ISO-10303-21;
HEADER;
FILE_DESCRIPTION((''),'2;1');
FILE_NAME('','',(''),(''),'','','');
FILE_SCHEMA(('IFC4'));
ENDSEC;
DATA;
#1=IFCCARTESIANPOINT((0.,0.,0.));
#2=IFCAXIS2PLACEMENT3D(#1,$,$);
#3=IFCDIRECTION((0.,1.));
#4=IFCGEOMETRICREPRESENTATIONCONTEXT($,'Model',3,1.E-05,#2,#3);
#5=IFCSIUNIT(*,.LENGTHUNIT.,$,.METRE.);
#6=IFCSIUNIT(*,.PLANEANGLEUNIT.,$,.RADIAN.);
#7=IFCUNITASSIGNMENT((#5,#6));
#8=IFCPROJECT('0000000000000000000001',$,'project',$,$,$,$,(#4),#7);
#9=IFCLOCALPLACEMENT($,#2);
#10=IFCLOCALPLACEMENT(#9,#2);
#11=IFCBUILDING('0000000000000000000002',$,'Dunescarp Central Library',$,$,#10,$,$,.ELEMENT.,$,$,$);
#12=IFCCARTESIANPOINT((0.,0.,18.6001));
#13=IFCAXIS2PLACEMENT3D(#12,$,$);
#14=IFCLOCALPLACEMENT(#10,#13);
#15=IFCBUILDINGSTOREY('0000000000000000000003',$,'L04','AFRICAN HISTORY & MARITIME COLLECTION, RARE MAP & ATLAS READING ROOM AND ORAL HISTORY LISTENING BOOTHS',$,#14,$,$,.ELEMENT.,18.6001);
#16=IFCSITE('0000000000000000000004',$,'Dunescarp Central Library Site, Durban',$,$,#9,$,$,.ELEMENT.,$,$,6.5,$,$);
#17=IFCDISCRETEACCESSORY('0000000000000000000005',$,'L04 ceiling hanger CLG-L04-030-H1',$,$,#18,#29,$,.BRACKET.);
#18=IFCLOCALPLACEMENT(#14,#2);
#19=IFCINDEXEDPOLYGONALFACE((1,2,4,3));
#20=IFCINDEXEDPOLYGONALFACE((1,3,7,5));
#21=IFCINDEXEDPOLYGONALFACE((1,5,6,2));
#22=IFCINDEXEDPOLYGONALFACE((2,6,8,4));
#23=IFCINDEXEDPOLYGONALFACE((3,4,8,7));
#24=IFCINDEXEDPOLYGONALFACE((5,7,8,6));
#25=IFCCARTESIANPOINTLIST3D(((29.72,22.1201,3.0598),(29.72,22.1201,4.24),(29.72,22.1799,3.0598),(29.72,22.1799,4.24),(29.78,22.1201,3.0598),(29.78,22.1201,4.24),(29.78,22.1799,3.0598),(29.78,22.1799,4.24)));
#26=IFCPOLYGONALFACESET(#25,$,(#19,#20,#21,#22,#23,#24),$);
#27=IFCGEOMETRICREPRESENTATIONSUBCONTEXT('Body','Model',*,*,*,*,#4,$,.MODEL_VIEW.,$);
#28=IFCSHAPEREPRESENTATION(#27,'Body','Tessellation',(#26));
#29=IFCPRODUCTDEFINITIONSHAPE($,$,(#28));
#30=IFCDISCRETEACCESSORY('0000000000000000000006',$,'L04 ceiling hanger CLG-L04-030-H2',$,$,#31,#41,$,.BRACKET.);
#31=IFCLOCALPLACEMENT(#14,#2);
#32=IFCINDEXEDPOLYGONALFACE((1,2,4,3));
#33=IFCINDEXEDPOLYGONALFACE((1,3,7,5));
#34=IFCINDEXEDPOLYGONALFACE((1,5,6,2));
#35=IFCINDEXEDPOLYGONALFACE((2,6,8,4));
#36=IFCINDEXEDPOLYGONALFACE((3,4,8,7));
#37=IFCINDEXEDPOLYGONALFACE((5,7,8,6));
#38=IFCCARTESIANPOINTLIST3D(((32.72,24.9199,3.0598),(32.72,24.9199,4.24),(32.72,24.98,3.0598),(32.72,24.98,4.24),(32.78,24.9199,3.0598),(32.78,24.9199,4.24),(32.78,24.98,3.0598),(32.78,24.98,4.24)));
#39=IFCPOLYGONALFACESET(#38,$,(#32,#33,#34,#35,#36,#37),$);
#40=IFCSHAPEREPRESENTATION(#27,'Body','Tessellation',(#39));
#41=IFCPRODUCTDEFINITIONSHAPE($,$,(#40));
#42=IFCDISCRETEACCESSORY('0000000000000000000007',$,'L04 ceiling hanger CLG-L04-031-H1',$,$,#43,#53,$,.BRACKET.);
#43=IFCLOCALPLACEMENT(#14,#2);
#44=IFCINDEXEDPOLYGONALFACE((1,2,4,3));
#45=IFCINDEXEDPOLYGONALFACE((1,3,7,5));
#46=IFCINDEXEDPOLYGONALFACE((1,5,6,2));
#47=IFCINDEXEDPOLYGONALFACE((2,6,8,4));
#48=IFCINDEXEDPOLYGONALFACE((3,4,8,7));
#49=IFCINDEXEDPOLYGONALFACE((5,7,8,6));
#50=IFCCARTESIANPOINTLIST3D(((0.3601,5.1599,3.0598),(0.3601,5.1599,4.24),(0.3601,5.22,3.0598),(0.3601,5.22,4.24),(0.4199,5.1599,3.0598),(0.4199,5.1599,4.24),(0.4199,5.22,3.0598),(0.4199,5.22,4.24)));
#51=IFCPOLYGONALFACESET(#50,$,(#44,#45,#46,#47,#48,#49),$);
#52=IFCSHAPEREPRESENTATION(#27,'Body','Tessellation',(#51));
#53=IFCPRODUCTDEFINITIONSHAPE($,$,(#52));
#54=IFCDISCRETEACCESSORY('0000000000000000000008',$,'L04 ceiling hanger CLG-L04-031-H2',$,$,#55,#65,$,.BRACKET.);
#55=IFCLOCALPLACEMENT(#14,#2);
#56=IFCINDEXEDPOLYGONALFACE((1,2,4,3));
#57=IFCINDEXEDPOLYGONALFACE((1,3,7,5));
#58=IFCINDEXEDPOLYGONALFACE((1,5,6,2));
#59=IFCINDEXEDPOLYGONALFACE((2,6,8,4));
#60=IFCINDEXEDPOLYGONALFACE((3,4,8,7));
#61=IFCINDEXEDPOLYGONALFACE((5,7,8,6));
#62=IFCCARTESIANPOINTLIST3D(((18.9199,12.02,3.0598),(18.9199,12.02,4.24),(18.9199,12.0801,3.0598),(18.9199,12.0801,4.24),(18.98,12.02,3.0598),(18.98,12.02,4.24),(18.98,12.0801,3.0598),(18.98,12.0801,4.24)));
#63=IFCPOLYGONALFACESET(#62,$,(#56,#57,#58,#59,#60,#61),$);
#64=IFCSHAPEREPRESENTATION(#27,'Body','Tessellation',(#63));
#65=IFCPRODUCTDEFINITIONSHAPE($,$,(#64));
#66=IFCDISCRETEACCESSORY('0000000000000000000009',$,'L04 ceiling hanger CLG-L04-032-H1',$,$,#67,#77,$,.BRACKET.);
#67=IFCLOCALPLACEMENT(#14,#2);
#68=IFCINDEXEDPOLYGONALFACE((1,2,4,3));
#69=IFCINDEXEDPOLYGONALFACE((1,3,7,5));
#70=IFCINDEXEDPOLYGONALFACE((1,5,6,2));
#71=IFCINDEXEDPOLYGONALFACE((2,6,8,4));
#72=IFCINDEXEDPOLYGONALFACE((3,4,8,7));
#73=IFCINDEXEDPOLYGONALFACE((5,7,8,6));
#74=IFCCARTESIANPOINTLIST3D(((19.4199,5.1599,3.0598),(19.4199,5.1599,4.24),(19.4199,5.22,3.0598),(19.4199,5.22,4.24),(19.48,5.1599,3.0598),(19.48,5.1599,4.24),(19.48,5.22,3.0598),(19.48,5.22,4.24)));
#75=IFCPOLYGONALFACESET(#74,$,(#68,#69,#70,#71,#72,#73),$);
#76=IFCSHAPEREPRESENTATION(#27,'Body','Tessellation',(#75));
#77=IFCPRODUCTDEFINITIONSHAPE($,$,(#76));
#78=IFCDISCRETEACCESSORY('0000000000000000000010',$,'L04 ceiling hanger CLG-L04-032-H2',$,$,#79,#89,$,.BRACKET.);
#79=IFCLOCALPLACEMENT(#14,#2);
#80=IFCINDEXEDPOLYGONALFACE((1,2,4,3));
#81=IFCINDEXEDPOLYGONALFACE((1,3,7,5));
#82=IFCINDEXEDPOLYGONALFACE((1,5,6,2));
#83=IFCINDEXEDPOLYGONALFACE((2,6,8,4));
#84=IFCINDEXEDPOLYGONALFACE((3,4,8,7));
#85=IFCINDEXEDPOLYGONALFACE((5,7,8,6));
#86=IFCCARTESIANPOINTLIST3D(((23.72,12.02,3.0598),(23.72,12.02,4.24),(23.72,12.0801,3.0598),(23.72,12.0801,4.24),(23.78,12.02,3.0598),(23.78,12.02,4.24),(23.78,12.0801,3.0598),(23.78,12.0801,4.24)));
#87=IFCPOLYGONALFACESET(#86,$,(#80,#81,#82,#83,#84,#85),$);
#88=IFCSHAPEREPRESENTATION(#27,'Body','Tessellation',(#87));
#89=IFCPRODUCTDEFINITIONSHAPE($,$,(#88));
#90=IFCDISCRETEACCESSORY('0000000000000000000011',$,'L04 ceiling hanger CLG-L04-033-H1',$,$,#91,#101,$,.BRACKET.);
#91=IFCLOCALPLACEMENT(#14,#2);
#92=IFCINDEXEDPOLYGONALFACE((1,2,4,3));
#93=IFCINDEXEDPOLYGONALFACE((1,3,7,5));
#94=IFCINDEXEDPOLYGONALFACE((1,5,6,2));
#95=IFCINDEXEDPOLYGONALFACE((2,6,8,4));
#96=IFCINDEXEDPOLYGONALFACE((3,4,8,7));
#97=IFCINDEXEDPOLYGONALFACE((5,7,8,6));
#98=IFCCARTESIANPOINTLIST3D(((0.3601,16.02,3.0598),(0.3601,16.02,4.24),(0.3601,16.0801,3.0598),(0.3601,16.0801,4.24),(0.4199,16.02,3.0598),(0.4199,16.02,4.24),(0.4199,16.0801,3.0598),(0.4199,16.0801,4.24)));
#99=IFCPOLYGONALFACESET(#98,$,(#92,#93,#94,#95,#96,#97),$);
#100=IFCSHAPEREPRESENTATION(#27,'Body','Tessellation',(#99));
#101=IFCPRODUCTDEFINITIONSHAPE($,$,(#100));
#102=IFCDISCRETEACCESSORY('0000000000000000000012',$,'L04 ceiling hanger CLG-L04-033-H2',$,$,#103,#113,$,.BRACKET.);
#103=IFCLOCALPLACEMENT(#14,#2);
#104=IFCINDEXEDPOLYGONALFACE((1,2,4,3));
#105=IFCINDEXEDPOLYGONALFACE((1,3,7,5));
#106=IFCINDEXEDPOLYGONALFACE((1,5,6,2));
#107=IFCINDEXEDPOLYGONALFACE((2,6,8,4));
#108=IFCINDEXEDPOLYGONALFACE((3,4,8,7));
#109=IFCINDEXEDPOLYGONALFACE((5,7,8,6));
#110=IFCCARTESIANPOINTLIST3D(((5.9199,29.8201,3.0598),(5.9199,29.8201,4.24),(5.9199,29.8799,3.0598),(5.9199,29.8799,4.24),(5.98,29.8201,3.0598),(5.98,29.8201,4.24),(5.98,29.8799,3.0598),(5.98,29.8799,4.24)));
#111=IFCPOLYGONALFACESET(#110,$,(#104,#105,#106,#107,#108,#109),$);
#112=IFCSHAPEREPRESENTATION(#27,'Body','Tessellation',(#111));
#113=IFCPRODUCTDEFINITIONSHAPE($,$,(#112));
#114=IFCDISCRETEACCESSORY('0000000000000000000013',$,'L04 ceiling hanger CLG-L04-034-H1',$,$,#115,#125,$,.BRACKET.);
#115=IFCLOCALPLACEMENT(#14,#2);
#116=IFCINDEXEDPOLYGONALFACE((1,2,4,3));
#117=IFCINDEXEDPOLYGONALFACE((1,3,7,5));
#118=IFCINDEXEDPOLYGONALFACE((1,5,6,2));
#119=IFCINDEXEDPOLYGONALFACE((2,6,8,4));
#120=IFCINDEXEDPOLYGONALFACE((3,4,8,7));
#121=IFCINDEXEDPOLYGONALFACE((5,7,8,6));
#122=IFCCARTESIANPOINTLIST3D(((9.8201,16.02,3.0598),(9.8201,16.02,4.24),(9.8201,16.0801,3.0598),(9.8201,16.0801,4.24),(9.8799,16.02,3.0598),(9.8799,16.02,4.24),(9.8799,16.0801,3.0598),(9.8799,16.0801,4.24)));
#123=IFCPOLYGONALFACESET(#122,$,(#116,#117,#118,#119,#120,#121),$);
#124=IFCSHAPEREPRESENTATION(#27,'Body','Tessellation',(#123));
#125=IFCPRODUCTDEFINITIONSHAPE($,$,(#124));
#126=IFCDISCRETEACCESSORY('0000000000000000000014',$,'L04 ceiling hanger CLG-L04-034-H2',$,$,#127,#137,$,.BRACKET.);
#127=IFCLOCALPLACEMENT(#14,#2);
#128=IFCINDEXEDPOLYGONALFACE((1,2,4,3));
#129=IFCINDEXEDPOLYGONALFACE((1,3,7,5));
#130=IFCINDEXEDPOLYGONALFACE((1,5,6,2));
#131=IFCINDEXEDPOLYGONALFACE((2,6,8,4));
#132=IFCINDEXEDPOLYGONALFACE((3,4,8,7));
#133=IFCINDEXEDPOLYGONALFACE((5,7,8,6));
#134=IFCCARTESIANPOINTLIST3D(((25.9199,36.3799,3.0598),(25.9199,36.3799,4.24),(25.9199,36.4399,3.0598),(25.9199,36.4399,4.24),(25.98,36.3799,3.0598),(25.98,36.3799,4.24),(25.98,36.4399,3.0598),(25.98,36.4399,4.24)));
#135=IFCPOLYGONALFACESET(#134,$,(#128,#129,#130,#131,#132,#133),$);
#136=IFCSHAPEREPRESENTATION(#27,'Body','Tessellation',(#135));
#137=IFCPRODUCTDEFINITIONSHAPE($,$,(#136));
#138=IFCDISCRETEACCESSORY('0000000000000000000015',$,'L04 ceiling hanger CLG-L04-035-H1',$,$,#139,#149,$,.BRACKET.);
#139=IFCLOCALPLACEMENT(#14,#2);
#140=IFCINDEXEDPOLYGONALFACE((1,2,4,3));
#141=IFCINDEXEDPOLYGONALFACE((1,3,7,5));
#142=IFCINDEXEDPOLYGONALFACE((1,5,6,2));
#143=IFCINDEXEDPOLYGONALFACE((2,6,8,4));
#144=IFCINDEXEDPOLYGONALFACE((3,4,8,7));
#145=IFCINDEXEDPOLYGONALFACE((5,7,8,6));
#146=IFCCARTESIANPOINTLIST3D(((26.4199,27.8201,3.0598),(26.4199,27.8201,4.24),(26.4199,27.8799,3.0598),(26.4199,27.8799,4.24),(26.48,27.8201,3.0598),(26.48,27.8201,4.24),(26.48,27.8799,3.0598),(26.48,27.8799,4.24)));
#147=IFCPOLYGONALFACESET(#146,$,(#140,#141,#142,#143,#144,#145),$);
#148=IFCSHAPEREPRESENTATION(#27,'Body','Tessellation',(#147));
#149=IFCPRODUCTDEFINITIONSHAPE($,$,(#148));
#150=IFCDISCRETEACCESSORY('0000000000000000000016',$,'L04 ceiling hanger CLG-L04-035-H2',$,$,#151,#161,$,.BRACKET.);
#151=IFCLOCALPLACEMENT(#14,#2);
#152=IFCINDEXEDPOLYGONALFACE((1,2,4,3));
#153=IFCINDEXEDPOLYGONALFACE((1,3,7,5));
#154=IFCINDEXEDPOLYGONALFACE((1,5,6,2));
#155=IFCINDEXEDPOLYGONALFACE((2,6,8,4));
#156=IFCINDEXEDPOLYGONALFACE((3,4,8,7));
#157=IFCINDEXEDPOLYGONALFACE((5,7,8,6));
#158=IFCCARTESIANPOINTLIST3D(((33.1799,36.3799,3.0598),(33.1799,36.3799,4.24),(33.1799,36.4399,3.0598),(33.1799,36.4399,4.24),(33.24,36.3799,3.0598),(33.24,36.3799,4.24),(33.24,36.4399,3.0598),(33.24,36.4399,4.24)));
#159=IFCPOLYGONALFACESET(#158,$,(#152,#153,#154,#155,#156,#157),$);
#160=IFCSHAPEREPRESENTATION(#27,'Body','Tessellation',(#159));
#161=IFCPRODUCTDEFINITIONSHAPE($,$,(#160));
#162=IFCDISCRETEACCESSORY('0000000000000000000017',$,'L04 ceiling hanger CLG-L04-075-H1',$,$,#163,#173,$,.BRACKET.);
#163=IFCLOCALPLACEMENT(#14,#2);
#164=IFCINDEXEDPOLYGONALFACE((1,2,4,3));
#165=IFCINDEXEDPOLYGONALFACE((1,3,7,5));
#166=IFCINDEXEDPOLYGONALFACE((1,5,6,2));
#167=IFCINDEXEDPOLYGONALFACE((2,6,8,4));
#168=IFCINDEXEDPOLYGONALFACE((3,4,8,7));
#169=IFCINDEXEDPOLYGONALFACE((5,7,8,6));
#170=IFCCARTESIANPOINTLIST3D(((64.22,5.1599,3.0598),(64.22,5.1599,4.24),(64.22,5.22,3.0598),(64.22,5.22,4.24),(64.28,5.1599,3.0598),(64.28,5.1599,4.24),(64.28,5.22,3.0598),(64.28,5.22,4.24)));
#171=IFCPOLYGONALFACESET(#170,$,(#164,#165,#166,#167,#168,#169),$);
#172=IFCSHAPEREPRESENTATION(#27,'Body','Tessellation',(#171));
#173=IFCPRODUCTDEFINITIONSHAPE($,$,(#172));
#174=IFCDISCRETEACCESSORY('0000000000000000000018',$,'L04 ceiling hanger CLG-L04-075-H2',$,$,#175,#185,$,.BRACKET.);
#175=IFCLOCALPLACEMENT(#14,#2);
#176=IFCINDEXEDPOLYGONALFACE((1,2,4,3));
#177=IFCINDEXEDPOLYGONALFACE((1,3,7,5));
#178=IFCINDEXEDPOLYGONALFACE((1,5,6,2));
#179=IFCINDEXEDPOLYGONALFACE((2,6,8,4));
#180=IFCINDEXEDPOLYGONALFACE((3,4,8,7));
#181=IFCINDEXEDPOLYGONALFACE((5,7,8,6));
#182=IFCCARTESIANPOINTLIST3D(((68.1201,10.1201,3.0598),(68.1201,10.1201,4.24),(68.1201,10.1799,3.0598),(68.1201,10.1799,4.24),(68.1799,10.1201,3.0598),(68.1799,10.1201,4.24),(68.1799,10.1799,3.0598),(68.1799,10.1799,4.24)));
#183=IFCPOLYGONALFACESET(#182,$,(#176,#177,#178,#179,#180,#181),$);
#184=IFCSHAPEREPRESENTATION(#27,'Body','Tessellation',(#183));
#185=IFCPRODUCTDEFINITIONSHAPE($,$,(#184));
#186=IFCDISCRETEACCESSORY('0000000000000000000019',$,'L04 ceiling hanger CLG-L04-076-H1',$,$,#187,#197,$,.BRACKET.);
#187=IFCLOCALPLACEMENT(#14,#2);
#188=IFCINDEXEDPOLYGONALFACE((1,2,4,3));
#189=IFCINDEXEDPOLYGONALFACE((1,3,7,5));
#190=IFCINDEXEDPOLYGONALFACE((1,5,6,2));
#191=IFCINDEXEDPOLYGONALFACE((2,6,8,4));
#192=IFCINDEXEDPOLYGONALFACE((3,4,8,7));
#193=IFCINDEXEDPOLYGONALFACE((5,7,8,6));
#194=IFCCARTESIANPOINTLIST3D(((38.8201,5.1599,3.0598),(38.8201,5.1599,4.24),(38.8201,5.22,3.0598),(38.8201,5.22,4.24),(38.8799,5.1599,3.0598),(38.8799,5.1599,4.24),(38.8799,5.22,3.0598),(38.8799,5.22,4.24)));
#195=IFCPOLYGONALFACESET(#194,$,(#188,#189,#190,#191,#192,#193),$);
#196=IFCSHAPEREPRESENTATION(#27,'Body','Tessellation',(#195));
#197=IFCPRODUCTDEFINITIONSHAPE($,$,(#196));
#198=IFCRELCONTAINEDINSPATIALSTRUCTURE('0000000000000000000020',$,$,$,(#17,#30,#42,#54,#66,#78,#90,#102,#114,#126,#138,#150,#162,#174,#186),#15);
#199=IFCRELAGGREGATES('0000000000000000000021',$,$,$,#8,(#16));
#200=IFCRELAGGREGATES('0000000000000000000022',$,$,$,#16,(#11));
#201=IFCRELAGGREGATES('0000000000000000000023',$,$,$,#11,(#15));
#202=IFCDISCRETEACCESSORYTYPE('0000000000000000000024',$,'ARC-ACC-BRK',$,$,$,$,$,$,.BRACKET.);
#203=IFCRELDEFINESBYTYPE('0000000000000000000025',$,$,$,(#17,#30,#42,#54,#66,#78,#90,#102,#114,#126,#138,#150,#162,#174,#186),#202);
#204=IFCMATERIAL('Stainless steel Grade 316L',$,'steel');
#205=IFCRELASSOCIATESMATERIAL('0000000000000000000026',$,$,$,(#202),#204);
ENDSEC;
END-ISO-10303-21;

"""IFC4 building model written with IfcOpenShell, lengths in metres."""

from ifc_helpers import new_model, si_unit, direction, frame, origin, place, context, subcontext, project, spatial, polyline, outline, extrude, material, type_object, element, save


model = new_model("IFC4")

# Units and contexts
model_context = context("Model", 3, precision=1e-05, world=origin(), true_north=direction((0.0, 1.0)))
body_context = subcontext(model_context, "Body", "Model", "MODEL_VIEW")
ifc_project = project(units=[si_unit("LENGTHUNIT", "METRE"), si_unit("PLANEANGLEUNIT", "RADIAN")], contexts=[model_context])

# Site, building, storey
site_placement = place(None, origin())
site = spatial("IfcSite", under=ifc_project, at=site_placement, Name="Dunescarp Central Library Site, Durban", CompositionType="ELEMENT", RefElevation=6.5)
building_placement = place(site_placement, origin())
building = spatial("IfcBuilding", under=site, at=building_placement, Name="Dunescarp Central Library", CompositionType="ELEMENT")
storey_placement = place(building_placement, frame((0.0, 0.0, 18.6001)))
storey = spatial("IfcBuildingStorey", under=building, at=storey_placement, Name="L04", Description="AFRICAN HISTORY & MARITIME COLLECTION, RARE MAP & ATLAS READING ROOM AND ORAL HISTORY LISTENING BOOTHS", CompositionType="ELEMENT", Elevation=18.6001)

# Discrete accessories
ifc_material = material(Name="Stainless steel Grade 316L", Category="steel")
discrete_accessory_type = type_object("IfcDiscreteAccessoryType", Name="ARC-ACC-BRK", PredefinedType="BRACKET", material=ifc_material)
discrete_accessory_1_placement = place(storey_placement, frame((0.0, 0.0, 3.0598)))
element("IfcDiscreteAccessory", 1, at=discrete_accessory_1_placement, inside=storey, type_object=discrete_accessory_type, Name="L04 ceiling hanger CLG-L04-030-H1", PredefinedType="BRACKET", context=body_context, shape_type="SweptSolid", body=[
    extrude(outline(polyline([(29.72, 22.1201), (29.78, 22.1201), (29.78, 22.1799), (29.72, 22.1799), (29.72, 22.1201)])), origin(), (0.0, 0.0, 1.0), 1.1802),
])
discrete_accessory_2_placement = place(storey_placement, frame((0.0, 0.0, 3.0598)))
element("IfcDiscreteAccessory", 2, at=discrete_accessory_2_placement, inside=storey, type_object=discrete_accessory_type, Name="L04 ceiling hanger CLG-L04-030-H2", PredefinedType="BRACKET", context=body_context, shape_type="SweptSolid", body=[
    extrude(outline(polyline([(32.72, 24.9199), (32.78, 24.9199), (32.78, 24.98), (32.72, 24.98), (32.72, 24.9199)])), origin(), (0.0, 0.0, 1.0), 1.1802),
])
discrete_accessory_3_placement = place(storey_placement, frame((0.0, 0.0, 3.0598)))
element("IfcDiscreteAccessory", 3, at=discrete_accessory_3_placement, inside=storey, type_object=discrete_accessory_type, Name="L04 ceiling hanger CLG-L04-031-H1", PredefinedType="BRACKET", context=body_context, shape_type="SweptSolid", body=[
    extrude(outline(polyline([(0.3601, 5.1599), (0.4199, 5.1599), (0.4199, 5.22), (0.3601, 5.22), (0.3601, 5.1599)])), origin(), (0.0, 0.0, 1.0), 1.1802),
])
discrete_accessory_4_placement = place(storey_placement, frame((0.0, 0.0, 3.0598)))
element("IfcDiscreteAccessory", 4, at=discrete_accessory_4_placement, inside=storey, type_object=discrete_accessory_type, Name="L04 ceiling hanger CLG-L04-031-H2", PredefinedType="BRACKET", context=body_context, shape_type="SweptSolid", body=[
    extrude(outline(polyline([(18.9199, 12.02), (18.98, 12.02), (18.98, 12.0801), (18.9199, 12.0801), (18.9199, 12.02)])), origin(), (0.0, 0.0, 1.0), 1.1802),
])
discrete_accessory_5_placement = place(storey_placement, frame((0.0, 0.0, 3.0598)))
element("IfcDiscreteAccessory", 5, at=discrete_accessory_5_placement, inside=storey, type_object=discrete_accessory_type, Name="L04 ceiling hanger CLG-L04-032-H1", PredefinedType="BRACKET", context=body_context, shape_type="SweptSolid", body=[
    extrude(outline(polyline([(19.4199, 5.1599), (19.48, 5.1599), (19.48, 5.22), (19.4199, 5.22), (19.4199, 5.1599)])), origin(), (0.0, 0.0, 1.0), 1.1802),
])
discrete_accessory_6_placement = place(storey_placement, frame((0.0, 0.0, 3.0598)))
element("IfcDiscreteAccessory", 6, at=discrete_accessory_6_placement, inside=storey, type_object=discrete_accessory_type, Name="L04 ceiling hanger CLG-L04-032-H2", PredefinedType="BRACKET", context=body_context, shape_type="SweptSolid", body=[
    extrude(outline(polyline([(23.72, 12.02), (23.78, 12.02), (23.78, 12.0801), (23.72, 12.0801), (23.72, 12.02)])), origin(), (0.0, 0.0, 1.0), 1.1802),
])
discrete_accessory_7_placement = place(storey_placement, frame((0.0, 0.0, 3.0598)))
element("IfcDiscreteAccessory", 7, at=discrete_accessory_7_placement, inside=storey, type_object=discrete_accessory_type, Name="L04 ceiling hanger CLG-L04-033-H1", PredefinedType="BRACKET", context=body_context, shape_type="SweptSolid", body=[
    extrude(outline(polyline([(0.3601, 16.02), (0.4199, 16.02), (0.4199, 16.0801), (0.3601, 16.0801), (0.3601, 16.02)])), origin(), (0.0, 0.0, 1.0), 1.1802),
])
discrete_accessory_8_placement = place(storey_placement, frame((0.0, 0.0, 3.0598)))
element("IfcDiscreteAccessory", 8, at=discrete_accessory_8_placement, inside=storey, type_object=discrete_accessory_type, Name="L04 ceiling hanger CLG-L04-033-H2", PredefinedType="BRACKET", context=body_context, shape_type="SweptSolid", body=[
    extrude(outline(polyline([(5.9199, 29.8201), (5.98, 29.8201), (5.98, 29.8799), (5.9199, 29.8799), (5.9199, 29.8201)])), origin(), (0.0, 0.0, 1.0), 1.1802),
])
discrete_accessory_9_placement = place(storey_placement, frame((0.0, 0.0, 3.0598)))
element("IfcDiscreteAccessory", 9, at=discrete_accessory_9_placement, inside=storey, type_object=discrete_accessory_type, Name="L04 ceiling hanger CLG-L04-034-H1", PredefinedType="BRACKET", context=body_context, shape_type="SweptSolid", body=[
    extrude(outline(polyline([(9.8201, 16.02), (9.8799, 16.02), (9.8799, 16.0801), (9.8201, 16.0801), (9.8201, 16.02)])), origin(), (0.0, 0.0, 1.0), 1.1802),
])
discrete_accessory_10_placement = place(storey_placement, frame((0.0, 0.0, 3.0598)))
element("IfcDiscreteAccessory", 10, at=discrete_accessory_10_placement, inside=storey, type_object=discrete_accessory_type, Name="L04 ceiling hanger CLG-L04-034-H2", PredefinedType="BRACKET", context=body_context, shape_type="SweptSolid", body=[
    extrude(outline(polyline([(25.9199, 36.3799), (25.98, 36.3799), (25.98, 36.4399), (25.9199, 36.4399), (25.9199, 36.3799)])), origin(), (0.0, 0.0, 1.0), 1.1802),
])
discrete_accessory_11_placement = place(storey_placement, frame((0.0, 0.0, 3.0598)))
element("IfcDiscreteAccessory", 11, at=discrete_accessory_11_placement, inside=storey, type_object=discrete_accessory_type, Name="L04 ceiling hanger CLG-L04-035-H1", PredefinedType="BRACKET", context=body_context, shape_type="SweptSolid", body=[
    extrude(outline(polyline([(26.4199, 27.8201), (26.48, 27.8201), (26.48, 27.8799), (26.4199, 27.8799), (26.4199, 27.8201)])), origin(), (0.0, 0.0, 1.0), 1.1802),
])
discrete_accessory_12_placement = place(storey_placement, frame((0.0, 0.0, 3.0598)))
element("IfcDiscreteAccessory", 12, at=discrete_accessory_12_placement, inside=storey, type_object=discrete_accessory_type, Name="L04 ceiling hanger CLG-L04-035-H2", PredefinedType="BRACKET", context=body_context, shape_type="SweptSolid", body=[
    extrude(outline(polyline([(33.1799, 36.3799), (33.24, 36.3799), (33.24, 36.4399), (33.1799, 36.4399), (33.1799, 36.3799)])), origin(), (0.0, 0.0, 1.0), 1.1802),
])
discrete_accessory_13_placement = place(storey_placement, frame((0.0, 0.0, 3.0598)))
element("IfcDiscreteAccessory", 13, at=discrete_accessory_13_placement, inside=storey, type_object=discrete_accessory_type, Name="L04 ceiling hanger CLG-L04-075-H1", PredefinedType="BRACKET", context=body_context, shape_type="SweptSolid", body=[
    extrude(outline(polyline([(64.22, 5.1599), (64.28, 5.1599), (64.28, 5.22), (64.22, 5.22), (64.22, 5.1599)])), origin(), (0.0, 0.0, 1.0), 1.1802),
])
discrete_accessory_14_placement = place(storey_placement, frame((0.0, 0.0, 3.0598)))
element("IfcDiscreteAccessory", 14, at=discrete_accessory_14_placement, inside=storey, type_object=discrete_accessory_type, Name="L04 ceiling hanger CLG-L04-075-H2", PredefinedType="BRACKET", context=body_context, shape_type="SweptSolid", body=[
    extrude(outline(polyline([(68.1201, 10.1201), (68.1799, 10.1201), (68.1799, 10.1799), (68.1201, 10.1799), (68.1201, 10.1201)])), origin(), (0.0, 0.0, 1.0), 1.1802),
])
discrete_accessory_15_placement = place(storey_placement, frame((0.0, 0.0, 3.0598)))
element("IfcDiscreteAccessory", 15, at=discrete_accessory_15_placement, inside=storey, type_object=discrete_accessory_type, Name="L04 ceiling hanger CLG-L04-076-H1", PredefinedType="BRACKET", context=body_context, shape_type="SweptSolid", body=[
    extrude(outline(polyline([(38.8201, 5.1599), (38.8799, 5.1599), (38.8799, 5.22), (38.8201, 5.22), (38.8201, 5.1599)])), origin(), (0.0, 0.0, 1.0), 1.1802),
])

save(model, "model.ifc")
